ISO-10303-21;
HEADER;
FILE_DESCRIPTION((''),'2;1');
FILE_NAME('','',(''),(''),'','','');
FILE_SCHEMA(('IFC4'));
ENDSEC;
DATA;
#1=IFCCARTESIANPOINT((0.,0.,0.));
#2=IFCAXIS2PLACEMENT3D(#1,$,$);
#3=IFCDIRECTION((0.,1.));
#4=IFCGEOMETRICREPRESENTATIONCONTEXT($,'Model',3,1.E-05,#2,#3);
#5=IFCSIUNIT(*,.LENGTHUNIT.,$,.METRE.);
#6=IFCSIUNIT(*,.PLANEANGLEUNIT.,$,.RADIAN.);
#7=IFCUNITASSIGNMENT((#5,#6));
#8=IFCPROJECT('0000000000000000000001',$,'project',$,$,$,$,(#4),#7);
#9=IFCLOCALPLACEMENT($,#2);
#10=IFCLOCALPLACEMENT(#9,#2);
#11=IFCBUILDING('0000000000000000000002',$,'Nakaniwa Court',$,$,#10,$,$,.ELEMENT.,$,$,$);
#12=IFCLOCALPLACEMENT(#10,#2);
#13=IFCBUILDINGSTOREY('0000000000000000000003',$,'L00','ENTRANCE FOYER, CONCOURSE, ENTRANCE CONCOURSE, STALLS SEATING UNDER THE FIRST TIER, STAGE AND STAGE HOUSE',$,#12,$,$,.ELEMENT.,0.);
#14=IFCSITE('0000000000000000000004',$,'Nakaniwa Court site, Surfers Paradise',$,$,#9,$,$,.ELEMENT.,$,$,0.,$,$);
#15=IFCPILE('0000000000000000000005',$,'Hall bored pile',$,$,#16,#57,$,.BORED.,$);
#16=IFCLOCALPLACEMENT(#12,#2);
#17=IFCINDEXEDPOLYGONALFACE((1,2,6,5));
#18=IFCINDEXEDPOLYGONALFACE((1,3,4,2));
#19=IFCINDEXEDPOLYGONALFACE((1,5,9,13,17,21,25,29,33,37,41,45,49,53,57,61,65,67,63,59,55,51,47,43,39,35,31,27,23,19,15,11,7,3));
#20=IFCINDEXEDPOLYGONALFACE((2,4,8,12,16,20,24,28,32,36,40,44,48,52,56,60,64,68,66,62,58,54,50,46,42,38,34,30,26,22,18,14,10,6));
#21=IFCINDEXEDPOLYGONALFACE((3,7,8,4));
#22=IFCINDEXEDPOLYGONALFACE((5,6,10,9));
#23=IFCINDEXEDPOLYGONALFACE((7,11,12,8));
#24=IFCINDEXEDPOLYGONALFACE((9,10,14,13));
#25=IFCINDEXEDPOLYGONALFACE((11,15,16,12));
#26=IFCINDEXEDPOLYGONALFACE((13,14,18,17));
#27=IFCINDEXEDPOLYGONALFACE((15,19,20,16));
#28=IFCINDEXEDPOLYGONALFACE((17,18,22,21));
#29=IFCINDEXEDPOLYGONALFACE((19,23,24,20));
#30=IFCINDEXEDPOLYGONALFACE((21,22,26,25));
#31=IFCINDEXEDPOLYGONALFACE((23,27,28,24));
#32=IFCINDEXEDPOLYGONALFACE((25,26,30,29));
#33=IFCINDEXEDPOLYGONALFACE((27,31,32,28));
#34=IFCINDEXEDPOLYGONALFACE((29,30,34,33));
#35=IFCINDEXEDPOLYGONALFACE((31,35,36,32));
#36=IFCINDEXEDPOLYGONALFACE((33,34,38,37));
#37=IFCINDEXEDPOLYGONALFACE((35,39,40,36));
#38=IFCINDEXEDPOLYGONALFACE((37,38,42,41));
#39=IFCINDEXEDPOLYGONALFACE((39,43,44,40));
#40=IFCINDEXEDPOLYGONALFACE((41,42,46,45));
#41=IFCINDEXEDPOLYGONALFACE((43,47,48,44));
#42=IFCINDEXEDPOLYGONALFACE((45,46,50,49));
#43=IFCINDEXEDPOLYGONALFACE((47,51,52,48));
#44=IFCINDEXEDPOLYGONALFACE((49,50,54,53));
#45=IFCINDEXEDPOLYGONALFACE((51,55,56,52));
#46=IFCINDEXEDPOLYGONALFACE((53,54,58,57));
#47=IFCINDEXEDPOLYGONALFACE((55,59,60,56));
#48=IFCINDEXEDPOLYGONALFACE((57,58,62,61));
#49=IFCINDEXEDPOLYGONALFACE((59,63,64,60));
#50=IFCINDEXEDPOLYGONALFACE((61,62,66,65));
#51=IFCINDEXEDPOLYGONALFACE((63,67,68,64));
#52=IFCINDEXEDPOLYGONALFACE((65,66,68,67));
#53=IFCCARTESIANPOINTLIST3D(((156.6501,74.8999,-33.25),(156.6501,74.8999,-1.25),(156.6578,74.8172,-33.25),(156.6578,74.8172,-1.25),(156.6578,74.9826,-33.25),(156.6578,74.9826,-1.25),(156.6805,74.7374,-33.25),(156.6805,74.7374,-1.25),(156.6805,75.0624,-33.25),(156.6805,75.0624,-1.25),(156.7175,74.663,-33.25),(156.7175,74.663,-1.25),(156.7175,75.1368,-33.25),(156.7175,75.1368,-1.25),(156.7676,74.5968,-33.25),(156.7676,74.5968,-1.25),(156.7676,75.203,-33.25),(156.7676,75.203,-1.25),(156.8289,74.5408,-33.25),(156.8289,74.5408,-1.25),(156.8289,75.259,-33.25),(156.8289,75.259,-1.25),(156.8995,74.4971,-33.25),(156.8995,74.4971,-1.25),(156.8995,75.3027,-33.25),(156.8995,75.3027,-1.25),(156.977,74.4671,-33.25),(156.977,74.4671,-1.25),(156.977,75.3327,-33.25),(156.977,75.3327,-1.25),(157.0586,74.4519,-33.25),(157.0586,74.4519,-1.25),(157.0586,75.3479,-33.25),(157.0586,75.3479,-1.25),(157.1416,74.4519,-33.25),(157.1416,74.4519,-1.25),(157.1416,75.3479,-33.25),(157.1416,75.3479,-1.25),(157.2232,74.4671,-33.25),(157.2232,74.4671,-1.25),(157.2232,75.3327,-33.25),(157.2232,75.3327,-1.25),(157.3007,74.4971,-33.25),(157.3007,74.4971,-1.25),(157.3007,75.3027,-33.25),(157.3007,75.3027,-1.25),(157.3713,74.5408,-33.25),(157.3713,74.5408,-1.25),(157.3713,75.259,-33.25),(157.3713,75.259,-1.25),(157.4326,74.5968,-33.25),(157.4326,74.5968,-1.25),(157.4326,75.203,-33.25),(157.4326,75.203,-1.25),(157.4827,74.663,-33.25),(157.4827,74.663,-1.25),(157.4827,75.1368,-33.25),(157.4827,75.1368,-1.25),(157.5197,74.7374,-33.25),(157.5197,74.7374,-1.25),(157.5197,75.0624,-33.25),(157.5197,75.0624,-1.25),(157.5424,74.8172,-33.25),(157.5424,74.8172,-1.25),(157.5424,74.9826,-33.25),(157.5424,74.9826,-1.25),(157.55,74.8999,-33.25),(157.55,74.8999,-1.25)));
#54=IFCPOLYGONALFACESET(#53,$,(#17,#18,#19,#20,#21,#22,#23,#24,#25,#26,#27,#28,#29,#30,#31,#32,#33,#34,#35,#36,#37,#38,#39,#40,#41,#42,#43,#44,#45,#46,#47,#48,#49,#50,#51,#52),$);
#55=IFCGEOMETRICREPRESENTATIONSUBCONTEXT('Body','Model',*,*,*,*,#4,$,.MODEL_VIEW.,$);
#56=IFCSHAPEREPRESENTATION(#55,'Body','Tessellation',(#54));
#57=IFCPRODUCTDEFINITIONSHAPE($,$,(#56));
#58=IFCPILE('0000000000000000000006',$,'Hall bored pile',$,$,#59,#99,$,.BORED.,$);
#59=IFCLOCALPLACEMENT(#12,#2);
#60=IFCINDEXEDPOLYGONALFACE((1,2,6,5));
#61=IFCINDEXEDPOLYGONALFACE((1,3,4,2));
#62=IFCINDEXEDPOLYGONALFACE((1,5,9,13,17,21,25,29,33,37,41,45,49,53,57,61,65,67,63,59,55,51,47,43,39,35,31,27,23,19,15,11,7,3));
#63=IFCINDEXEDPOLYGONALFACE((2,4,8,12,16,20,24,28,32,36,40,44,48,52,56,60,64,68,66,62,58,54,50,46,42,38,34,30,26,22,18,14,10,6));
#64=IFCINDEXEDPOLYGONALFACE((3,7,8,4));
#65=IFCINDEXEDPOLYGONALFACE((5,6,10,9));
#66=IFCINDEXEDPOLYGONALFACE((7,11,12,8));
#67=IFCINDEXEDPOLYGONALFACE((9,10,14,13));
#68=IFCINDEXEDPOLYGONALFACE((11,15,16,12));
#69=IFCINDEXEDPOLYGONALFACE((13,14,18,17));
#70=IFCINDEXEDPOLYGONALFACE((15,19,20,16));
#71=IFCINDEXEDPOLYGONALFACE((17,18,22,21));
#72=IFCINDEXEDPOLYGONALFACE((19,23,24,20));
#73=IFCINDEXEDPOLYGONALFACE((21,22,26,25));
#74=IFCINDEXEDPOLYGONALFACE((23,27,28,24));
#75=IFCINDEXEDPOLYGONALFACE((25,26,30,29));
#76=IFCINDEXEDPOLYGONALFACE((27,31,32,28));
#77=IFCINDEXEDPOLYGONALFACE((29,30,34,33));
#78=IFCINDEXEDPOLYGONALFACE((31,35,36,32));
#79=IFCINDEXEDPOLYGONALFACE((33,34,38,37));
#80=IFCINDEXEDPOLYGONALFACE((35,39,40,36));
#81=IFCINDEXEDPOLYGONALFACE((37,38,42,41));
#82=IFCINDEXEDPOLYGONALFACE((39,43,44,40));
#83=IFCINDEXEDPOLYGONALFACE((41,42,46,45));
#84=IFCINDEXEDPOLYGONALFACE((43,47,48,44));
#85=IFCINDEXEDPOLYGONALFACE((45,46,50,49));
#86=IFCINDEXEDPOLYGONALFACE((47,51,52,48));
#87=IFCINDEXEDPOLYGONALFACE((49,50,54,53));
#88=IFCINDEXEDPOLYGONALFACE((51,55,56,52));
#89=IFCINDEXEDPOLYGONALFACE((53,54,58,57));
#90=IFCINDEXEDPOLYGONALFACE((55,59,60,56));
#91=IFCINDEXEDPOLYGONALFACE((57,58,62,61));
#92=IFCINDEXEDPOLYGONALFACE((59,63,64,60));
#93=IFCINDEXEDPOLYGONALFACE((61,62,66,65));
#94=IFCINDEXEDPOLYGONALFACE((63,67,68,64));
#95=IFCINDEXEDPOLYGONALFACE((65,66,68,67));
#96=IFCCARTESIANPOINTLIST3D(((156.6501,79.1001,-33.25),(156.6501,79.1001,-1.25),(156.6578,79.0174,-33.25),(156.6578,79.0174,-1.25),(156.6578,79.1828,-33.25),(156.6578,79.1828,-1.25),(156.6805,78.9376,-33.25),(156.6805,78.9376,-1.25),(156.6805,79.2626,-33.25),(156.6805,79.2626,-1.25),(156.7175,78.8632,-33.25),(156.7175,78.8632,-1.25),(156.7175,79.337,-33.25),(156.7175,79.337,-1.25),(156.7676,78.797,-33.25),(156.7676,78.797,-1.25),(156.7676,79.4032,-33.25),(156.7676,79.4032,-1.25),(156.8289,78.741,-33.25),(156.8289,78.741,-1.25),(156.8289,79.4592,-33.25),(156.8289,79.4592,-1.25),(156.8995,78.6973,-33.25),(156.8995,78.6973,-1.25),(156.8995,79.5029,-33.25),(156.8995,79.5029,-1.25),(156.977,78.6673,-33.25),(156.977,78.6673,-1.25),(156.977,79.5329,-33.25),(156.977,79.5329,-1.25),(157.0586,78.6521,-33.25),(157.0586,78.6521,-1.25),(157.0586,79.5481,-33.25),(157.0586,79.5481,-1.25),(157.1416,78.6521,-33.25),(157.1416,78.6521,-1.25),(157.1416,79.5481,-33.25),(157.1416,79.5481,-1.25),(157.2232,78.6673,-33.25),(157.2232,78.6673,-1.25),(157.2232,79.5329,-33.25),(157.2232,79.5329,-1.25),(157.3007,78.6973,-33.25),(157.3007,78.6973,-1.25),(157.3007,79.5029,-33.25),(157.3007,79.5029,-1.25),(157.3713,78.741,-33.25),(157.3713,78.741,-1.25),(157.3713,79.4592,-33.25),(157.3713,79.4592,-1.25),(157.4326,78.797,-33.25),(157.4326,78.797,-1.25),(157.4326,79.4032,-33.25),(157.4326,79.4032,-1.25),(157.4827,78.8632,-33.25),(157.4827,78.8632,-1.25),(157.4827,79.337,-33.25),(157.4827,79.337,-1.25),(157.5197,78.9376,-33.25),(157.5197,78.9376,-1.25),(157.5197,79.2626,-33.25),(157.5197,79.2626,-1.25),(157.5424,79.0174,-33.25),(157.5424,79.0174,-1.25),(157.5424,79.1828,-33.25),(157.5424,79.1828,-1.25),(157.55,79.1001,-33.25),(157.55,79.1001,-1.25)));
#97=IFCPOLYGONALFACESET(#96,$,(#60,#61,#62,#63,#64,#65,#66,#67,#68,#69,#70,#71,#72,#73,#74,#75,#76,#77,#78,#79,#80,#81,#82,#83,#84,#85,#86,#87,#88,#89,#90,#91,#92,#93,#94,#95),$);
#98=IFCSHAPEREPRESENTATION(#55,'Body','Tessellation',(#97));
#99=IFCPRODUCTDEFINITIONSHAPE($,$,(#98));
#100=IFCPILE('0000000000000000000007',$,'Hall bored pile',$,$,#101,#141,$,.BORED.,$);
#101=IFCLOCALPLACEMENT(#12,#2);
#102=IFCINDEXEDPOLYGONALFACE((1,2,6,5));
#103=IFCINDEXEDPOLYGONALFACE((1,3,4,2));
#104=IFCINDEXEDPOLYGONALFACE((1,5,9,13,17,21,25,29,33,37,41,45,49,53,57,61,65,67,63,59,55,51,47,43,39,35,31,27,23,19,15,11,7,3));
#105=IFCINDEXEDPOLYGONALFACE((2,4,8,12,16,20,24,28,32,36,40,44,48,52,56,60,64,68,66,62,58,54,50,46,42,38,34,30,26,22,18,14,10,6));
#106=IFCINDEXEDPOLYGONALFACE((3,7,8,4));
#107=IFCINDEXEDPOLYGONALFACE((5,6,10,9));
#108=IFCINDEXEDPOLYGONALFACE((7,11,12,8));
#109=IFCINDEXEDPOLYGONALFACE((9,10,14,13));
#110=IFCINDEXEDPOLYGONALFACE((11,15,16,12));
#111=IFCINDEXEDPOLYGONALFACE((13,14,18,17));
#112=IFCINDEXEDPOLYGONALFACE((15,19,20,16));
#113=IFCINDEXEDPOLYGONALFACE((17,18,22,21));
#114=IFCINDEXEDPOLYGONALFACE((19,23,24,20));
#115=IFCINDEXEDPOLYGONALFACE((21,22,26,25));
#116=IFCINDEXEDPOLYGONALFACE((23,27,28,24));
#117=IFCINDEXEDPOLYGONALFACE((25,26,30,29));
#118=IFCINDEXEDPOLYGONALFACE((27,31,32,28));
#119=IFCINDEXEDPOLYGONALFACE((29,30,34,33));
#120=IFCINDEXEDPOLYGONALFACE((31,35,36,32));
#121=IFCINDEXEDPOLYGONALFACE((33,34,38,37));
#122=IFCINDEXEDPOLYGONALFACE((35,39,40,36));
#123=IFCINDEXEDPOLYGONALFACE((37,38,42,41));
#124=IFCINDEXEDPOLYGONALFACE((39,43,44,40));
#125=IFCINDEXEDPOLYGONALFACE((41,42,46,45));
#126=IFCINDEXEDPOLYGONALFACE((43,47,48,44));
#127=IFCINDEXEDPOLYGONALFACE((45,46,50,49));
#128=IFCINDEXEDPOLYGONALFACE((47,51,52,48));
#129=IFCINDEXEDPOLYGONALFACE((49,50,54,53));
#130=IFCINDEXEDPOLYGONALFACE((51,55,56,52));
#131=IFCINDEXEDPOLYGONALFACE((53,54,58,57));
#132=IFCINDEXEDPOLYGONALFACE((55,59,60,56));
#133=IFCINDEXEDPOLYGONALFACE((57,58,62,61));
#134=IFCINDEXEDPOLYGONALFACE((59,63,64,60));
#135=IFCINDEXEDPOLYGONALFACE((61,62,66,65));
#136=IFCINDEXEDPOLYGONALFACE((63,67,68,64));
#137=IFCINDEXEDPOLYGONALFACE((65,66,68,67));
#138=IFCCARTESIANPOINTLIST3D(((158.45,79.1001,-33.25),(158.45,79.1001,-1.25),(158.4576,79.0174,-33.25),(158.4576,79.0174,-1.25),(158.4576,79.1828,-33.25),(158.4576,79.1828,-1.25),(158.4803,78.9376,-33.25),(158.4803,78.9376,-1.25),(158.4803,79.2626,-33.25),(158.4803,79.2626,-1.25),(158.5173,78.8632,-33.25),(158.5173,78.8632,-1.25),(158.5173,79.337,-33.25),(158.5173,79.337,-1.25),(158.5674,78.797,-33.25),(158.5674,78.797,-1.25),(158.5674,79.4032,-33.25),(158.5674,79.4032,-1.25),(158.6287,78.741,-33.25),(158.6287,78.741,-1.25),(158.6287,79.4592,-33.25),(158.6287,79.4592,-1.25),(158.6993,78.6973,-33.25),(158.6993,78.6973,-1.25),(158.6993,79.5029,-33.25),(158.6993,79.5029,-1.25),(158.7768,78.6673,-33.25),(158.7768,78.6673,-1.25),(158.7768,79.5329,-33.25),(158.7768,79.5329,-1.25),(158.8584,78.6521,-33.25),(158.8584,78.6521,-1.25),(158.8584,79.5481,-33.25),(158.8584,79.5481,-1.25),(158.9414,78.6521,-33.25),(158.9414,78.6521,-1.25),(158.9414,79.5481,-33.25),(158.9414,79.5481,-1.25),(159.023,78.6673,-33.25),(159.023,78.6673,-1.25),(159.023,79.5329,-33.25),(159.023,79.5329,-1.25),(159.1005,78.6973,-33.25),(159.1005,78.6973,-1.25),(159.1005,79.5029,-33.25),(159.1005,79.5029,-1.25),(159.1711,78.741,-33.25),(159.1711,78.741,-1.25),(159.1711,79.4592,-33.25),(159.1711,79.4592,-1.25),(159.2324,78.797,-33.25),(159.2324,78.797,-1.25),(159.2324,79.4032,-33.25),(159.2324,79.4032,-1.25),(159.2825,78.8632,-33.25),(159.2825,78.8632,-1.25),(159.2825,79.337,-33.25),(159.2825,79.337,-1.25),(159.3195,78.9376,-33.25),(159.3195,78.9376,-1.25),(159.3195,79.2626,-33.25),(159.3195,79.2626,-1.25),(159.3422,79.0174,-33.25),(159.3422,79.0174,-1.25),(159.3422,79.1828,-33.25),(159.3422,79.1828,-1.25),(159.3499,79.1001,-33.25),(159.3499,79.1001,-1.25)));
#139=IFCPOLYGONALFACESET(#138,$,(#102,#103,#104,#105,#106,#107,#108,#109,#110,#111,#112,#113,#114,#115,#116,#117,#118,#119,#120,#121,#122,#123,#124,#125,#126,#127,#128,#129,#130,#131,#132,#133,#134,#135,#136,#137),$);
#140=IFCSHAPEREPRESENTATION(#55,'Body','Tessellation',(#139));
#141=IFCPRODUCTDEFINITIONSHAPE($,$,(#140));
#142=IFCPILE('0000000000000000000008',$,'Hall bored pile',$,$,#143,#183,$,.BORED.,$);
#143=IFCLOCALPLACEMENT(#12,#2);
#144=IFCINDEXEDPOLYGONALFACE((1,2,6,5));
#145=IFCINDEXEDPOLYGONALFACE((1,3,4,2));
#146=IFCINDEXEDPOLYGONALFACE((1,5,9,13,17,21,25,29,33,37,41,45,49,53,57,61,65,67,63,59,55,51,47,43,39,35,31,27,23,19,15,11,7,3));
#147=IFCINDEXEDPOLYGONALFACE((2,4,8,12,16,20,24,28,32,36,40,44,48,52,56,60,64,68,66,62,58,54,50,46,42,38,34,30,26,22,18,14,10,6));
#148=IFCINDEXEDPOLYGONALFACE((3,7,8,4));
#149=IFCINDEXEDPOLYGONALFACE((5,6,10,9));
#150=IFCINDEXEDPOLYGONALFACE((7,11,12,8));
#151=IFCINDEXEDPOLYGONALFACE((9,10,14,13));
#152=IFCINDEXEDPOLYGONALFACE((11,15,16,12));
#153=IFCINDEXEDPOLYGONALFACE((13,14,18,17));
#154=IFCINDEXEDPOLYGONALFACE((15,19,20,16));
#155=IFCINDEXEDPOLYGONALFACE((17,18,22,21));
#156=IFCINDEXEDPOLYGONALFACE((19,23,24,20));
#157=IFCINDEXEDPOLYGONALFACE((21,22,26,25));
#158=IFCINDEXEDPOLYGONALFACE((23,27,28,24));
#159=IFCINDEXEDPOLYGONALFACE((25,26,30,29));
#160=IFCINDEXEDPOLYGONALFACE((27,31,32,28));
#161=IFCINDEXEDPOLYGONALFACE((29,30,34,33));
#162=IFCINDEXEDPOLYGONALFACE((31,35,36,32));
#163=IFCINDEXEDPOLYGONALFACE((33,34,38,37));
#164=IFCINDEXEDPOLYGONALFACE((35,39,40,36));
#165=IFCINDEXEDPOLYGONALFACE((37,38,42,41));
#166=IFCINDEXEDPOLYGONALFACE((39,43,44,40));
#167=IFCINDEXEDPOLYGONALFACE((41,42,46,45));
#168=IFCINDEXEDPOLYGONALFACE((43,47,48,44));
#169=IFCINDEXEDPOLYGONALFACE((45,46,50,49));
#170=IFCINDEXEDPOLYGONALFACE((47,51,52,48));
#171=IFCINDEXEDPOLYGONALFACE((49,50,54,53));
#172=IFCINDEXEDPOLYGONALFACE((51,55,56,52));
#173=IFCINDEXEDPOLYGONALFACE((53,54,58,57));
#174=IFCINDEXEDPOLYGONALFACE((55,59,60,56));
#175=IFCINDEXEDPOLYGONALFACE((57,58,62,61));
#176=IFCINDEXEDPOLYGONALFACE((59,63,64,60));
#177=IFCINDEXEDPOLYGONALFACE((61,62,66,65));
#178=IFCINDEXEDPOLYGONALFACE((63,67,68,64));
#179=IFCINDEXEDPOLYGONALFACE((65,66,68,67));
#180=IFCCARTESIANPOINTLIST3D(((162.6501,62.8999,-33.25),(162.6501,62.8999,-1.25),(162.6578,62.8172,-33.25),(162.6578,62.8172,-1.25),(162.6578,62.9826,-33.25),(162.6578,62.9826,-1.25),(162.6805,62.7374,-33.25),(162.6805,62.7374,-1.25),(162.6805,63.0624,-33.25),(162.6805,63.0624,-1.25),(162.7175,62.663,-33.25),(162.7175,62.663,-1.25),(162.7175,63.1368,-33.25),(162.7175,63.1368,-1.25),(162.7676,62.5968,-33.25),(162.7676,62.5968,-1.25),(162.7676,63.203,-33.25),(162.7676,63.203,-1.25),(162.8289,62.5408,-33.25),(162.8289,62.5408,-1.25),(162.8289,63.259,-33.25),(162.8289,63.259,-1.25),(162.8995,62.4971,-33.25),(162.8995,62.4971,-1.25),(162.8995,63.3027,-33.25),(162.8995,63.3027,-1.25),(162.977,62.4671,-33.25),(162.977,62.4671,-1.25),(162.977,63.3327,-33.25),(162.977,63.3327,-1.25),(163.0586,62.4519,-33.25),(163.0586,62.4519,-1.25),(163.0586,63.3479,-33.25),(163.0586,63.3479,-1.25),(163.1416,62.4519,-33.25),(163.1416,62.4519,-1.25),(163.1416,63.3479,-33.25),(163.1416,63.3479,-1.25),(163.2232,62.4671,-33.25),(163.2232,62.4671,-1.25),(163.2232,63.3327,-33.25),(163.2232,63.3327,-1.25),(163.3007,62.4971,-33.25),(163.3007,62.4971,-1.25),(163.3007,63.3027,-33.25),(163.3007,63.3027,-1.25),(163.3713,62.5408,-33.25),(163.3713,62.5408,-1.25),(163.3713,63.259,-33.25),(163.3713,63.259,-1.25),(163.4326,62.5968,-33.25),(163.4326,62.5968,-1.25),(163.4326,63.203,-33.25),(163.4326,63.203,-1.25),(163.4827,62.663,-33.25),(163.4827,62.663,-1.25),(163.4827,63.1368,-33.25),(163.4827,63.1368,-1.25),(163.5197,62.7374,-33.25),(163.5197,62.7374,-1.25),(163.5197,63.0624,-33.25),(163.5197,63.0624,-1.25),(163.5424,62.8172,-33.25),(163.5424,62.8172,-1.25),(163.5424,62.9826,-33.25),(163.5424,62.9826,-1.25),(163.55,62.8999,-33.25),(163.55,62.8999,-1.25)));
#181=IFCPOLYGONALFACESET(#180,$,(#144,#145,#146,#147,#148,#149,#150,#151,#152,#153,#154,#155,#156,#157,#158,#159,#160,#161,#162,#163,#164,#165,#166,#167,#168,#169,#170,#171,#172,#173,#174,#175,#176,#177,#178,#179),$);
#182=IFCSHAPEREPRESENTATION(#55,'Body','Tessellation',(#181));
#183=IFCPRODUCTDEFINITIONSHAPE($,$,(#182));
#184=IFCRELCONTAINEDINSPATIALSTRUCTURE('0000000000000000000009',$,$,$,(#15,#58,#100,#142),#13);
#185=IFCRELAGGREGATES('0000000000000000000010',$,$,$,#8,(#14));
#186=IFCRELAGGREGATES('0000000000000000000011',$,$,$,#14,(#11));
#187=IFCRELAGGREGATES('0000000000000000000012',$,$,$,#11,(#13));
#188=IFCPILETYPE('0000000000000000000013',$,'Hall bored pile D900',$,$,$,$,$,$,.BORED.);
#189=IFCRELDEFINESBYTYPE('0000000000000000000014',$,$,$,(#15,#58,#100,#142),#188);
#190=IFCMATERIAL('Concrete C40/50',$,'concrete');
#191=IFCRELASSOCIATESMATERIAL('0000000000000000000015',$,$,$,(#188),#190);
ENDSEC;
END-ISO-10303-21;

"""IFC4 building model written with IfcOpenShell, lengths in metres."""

from ifc_helpers import new_model, si_unit, direction, frame, origin, origin_2d, place, context, subcontext, project, spatial, circle, extrude, material, material_profile, profile_set, type_object, element, save


model = new_model("IFC4")

# Units and contexts
model_context = context("Model", 3, precision=1e-05, world=origin(), true_north=direction((0.0, 1.0)))
body_context = subcontext(model_context, "Body", "Model", "MODEL_VIEW")
ifc_project = project(units=[si_unit("LENGTHUNIT", "METRE"), si_unit("PLANEANGLEUNIT", "RADIAN")], contexts=[model_context])

# Site, building, storey
site_placement = place(None, origin())
site = spatial("IfcSite", under=ifc_project, at=site_placement, Name="Nakaniwa Court site, Surfers Paradise", CompositionType="ELEMENT", RefElevation=0.0)
building_placement = place(site_placement, origin())
building = spatial("IfcBuilding", under=site, at=building_placement, Name="Nakaniwa Court", CompositionType="ELEMENT")
storey_placement = place(building_placement, origin())
storey = spatial("IfcBuildingStorey", under=building, at=storey_placement, Name="L00", Description="ENTRANCE FOYER, CONCOURSE, ENTRANCE CONCOURSE, STALLS SEATING UNDER THE FIRST TIER, STAGE AND STAGE HOUSE", CompositionType="ELEMENT", Elevation=0.0)

# Piles
ifc_material_1 = material(Name="Concrete C40/50", Category="concrete")
ifc_material_profile_1 = material_profile(ifc_material_1, circle(Radius=0.45, at=origin_2d()), Name="Bored pile D900")
ifc_profile_set_1 = profile_set([ifc_material_profile_1], Name="Concrete C40/50")
pile_type = type_object("IfcPileType", Name="Hall bored pile D900", PredefinedType="BORED", material=ifc_profile_set_1)
for number, where, z_axis, x_axis, name in (
    (1, (157.1001, 74.8999, -1.25), (0.0, 0.0, -1.0), (1.0, 0.0, 0.0), "Hall bored pile"),
    (2, (157.1001, 79.1001, -1.25), (0.0, 0.0, -1.0), (1.0, 0.0, 0.0), "Hall bored pile"),
    (3, (158.8999, 79.1001, -1.25), (0.0, 0.0, -1.0), (1.0, 0.0, 0.0), "Hall bored pile"),
    (4, (163.1001, 62.8999, -1.25), (0.0, 0.0, -1.0), (1.0, 0.0, 0.0), "Hall bored pile"),
):
    element("IfcPile", number, at=place(storey_placement, frame(where, z_axis=z_axis, x_axis=x_axis)), inside=storey, type_object=pile_type, Name=name, PredefinedType="BORED", context=body_context, shape_type="SweptSolid", body=[
        extrude(circle(Radius=0.45, at=origin_2d()), origin(), (0.0, 0.0, 1.0), 32.0),
    ])

save(model, "model.ifc")
